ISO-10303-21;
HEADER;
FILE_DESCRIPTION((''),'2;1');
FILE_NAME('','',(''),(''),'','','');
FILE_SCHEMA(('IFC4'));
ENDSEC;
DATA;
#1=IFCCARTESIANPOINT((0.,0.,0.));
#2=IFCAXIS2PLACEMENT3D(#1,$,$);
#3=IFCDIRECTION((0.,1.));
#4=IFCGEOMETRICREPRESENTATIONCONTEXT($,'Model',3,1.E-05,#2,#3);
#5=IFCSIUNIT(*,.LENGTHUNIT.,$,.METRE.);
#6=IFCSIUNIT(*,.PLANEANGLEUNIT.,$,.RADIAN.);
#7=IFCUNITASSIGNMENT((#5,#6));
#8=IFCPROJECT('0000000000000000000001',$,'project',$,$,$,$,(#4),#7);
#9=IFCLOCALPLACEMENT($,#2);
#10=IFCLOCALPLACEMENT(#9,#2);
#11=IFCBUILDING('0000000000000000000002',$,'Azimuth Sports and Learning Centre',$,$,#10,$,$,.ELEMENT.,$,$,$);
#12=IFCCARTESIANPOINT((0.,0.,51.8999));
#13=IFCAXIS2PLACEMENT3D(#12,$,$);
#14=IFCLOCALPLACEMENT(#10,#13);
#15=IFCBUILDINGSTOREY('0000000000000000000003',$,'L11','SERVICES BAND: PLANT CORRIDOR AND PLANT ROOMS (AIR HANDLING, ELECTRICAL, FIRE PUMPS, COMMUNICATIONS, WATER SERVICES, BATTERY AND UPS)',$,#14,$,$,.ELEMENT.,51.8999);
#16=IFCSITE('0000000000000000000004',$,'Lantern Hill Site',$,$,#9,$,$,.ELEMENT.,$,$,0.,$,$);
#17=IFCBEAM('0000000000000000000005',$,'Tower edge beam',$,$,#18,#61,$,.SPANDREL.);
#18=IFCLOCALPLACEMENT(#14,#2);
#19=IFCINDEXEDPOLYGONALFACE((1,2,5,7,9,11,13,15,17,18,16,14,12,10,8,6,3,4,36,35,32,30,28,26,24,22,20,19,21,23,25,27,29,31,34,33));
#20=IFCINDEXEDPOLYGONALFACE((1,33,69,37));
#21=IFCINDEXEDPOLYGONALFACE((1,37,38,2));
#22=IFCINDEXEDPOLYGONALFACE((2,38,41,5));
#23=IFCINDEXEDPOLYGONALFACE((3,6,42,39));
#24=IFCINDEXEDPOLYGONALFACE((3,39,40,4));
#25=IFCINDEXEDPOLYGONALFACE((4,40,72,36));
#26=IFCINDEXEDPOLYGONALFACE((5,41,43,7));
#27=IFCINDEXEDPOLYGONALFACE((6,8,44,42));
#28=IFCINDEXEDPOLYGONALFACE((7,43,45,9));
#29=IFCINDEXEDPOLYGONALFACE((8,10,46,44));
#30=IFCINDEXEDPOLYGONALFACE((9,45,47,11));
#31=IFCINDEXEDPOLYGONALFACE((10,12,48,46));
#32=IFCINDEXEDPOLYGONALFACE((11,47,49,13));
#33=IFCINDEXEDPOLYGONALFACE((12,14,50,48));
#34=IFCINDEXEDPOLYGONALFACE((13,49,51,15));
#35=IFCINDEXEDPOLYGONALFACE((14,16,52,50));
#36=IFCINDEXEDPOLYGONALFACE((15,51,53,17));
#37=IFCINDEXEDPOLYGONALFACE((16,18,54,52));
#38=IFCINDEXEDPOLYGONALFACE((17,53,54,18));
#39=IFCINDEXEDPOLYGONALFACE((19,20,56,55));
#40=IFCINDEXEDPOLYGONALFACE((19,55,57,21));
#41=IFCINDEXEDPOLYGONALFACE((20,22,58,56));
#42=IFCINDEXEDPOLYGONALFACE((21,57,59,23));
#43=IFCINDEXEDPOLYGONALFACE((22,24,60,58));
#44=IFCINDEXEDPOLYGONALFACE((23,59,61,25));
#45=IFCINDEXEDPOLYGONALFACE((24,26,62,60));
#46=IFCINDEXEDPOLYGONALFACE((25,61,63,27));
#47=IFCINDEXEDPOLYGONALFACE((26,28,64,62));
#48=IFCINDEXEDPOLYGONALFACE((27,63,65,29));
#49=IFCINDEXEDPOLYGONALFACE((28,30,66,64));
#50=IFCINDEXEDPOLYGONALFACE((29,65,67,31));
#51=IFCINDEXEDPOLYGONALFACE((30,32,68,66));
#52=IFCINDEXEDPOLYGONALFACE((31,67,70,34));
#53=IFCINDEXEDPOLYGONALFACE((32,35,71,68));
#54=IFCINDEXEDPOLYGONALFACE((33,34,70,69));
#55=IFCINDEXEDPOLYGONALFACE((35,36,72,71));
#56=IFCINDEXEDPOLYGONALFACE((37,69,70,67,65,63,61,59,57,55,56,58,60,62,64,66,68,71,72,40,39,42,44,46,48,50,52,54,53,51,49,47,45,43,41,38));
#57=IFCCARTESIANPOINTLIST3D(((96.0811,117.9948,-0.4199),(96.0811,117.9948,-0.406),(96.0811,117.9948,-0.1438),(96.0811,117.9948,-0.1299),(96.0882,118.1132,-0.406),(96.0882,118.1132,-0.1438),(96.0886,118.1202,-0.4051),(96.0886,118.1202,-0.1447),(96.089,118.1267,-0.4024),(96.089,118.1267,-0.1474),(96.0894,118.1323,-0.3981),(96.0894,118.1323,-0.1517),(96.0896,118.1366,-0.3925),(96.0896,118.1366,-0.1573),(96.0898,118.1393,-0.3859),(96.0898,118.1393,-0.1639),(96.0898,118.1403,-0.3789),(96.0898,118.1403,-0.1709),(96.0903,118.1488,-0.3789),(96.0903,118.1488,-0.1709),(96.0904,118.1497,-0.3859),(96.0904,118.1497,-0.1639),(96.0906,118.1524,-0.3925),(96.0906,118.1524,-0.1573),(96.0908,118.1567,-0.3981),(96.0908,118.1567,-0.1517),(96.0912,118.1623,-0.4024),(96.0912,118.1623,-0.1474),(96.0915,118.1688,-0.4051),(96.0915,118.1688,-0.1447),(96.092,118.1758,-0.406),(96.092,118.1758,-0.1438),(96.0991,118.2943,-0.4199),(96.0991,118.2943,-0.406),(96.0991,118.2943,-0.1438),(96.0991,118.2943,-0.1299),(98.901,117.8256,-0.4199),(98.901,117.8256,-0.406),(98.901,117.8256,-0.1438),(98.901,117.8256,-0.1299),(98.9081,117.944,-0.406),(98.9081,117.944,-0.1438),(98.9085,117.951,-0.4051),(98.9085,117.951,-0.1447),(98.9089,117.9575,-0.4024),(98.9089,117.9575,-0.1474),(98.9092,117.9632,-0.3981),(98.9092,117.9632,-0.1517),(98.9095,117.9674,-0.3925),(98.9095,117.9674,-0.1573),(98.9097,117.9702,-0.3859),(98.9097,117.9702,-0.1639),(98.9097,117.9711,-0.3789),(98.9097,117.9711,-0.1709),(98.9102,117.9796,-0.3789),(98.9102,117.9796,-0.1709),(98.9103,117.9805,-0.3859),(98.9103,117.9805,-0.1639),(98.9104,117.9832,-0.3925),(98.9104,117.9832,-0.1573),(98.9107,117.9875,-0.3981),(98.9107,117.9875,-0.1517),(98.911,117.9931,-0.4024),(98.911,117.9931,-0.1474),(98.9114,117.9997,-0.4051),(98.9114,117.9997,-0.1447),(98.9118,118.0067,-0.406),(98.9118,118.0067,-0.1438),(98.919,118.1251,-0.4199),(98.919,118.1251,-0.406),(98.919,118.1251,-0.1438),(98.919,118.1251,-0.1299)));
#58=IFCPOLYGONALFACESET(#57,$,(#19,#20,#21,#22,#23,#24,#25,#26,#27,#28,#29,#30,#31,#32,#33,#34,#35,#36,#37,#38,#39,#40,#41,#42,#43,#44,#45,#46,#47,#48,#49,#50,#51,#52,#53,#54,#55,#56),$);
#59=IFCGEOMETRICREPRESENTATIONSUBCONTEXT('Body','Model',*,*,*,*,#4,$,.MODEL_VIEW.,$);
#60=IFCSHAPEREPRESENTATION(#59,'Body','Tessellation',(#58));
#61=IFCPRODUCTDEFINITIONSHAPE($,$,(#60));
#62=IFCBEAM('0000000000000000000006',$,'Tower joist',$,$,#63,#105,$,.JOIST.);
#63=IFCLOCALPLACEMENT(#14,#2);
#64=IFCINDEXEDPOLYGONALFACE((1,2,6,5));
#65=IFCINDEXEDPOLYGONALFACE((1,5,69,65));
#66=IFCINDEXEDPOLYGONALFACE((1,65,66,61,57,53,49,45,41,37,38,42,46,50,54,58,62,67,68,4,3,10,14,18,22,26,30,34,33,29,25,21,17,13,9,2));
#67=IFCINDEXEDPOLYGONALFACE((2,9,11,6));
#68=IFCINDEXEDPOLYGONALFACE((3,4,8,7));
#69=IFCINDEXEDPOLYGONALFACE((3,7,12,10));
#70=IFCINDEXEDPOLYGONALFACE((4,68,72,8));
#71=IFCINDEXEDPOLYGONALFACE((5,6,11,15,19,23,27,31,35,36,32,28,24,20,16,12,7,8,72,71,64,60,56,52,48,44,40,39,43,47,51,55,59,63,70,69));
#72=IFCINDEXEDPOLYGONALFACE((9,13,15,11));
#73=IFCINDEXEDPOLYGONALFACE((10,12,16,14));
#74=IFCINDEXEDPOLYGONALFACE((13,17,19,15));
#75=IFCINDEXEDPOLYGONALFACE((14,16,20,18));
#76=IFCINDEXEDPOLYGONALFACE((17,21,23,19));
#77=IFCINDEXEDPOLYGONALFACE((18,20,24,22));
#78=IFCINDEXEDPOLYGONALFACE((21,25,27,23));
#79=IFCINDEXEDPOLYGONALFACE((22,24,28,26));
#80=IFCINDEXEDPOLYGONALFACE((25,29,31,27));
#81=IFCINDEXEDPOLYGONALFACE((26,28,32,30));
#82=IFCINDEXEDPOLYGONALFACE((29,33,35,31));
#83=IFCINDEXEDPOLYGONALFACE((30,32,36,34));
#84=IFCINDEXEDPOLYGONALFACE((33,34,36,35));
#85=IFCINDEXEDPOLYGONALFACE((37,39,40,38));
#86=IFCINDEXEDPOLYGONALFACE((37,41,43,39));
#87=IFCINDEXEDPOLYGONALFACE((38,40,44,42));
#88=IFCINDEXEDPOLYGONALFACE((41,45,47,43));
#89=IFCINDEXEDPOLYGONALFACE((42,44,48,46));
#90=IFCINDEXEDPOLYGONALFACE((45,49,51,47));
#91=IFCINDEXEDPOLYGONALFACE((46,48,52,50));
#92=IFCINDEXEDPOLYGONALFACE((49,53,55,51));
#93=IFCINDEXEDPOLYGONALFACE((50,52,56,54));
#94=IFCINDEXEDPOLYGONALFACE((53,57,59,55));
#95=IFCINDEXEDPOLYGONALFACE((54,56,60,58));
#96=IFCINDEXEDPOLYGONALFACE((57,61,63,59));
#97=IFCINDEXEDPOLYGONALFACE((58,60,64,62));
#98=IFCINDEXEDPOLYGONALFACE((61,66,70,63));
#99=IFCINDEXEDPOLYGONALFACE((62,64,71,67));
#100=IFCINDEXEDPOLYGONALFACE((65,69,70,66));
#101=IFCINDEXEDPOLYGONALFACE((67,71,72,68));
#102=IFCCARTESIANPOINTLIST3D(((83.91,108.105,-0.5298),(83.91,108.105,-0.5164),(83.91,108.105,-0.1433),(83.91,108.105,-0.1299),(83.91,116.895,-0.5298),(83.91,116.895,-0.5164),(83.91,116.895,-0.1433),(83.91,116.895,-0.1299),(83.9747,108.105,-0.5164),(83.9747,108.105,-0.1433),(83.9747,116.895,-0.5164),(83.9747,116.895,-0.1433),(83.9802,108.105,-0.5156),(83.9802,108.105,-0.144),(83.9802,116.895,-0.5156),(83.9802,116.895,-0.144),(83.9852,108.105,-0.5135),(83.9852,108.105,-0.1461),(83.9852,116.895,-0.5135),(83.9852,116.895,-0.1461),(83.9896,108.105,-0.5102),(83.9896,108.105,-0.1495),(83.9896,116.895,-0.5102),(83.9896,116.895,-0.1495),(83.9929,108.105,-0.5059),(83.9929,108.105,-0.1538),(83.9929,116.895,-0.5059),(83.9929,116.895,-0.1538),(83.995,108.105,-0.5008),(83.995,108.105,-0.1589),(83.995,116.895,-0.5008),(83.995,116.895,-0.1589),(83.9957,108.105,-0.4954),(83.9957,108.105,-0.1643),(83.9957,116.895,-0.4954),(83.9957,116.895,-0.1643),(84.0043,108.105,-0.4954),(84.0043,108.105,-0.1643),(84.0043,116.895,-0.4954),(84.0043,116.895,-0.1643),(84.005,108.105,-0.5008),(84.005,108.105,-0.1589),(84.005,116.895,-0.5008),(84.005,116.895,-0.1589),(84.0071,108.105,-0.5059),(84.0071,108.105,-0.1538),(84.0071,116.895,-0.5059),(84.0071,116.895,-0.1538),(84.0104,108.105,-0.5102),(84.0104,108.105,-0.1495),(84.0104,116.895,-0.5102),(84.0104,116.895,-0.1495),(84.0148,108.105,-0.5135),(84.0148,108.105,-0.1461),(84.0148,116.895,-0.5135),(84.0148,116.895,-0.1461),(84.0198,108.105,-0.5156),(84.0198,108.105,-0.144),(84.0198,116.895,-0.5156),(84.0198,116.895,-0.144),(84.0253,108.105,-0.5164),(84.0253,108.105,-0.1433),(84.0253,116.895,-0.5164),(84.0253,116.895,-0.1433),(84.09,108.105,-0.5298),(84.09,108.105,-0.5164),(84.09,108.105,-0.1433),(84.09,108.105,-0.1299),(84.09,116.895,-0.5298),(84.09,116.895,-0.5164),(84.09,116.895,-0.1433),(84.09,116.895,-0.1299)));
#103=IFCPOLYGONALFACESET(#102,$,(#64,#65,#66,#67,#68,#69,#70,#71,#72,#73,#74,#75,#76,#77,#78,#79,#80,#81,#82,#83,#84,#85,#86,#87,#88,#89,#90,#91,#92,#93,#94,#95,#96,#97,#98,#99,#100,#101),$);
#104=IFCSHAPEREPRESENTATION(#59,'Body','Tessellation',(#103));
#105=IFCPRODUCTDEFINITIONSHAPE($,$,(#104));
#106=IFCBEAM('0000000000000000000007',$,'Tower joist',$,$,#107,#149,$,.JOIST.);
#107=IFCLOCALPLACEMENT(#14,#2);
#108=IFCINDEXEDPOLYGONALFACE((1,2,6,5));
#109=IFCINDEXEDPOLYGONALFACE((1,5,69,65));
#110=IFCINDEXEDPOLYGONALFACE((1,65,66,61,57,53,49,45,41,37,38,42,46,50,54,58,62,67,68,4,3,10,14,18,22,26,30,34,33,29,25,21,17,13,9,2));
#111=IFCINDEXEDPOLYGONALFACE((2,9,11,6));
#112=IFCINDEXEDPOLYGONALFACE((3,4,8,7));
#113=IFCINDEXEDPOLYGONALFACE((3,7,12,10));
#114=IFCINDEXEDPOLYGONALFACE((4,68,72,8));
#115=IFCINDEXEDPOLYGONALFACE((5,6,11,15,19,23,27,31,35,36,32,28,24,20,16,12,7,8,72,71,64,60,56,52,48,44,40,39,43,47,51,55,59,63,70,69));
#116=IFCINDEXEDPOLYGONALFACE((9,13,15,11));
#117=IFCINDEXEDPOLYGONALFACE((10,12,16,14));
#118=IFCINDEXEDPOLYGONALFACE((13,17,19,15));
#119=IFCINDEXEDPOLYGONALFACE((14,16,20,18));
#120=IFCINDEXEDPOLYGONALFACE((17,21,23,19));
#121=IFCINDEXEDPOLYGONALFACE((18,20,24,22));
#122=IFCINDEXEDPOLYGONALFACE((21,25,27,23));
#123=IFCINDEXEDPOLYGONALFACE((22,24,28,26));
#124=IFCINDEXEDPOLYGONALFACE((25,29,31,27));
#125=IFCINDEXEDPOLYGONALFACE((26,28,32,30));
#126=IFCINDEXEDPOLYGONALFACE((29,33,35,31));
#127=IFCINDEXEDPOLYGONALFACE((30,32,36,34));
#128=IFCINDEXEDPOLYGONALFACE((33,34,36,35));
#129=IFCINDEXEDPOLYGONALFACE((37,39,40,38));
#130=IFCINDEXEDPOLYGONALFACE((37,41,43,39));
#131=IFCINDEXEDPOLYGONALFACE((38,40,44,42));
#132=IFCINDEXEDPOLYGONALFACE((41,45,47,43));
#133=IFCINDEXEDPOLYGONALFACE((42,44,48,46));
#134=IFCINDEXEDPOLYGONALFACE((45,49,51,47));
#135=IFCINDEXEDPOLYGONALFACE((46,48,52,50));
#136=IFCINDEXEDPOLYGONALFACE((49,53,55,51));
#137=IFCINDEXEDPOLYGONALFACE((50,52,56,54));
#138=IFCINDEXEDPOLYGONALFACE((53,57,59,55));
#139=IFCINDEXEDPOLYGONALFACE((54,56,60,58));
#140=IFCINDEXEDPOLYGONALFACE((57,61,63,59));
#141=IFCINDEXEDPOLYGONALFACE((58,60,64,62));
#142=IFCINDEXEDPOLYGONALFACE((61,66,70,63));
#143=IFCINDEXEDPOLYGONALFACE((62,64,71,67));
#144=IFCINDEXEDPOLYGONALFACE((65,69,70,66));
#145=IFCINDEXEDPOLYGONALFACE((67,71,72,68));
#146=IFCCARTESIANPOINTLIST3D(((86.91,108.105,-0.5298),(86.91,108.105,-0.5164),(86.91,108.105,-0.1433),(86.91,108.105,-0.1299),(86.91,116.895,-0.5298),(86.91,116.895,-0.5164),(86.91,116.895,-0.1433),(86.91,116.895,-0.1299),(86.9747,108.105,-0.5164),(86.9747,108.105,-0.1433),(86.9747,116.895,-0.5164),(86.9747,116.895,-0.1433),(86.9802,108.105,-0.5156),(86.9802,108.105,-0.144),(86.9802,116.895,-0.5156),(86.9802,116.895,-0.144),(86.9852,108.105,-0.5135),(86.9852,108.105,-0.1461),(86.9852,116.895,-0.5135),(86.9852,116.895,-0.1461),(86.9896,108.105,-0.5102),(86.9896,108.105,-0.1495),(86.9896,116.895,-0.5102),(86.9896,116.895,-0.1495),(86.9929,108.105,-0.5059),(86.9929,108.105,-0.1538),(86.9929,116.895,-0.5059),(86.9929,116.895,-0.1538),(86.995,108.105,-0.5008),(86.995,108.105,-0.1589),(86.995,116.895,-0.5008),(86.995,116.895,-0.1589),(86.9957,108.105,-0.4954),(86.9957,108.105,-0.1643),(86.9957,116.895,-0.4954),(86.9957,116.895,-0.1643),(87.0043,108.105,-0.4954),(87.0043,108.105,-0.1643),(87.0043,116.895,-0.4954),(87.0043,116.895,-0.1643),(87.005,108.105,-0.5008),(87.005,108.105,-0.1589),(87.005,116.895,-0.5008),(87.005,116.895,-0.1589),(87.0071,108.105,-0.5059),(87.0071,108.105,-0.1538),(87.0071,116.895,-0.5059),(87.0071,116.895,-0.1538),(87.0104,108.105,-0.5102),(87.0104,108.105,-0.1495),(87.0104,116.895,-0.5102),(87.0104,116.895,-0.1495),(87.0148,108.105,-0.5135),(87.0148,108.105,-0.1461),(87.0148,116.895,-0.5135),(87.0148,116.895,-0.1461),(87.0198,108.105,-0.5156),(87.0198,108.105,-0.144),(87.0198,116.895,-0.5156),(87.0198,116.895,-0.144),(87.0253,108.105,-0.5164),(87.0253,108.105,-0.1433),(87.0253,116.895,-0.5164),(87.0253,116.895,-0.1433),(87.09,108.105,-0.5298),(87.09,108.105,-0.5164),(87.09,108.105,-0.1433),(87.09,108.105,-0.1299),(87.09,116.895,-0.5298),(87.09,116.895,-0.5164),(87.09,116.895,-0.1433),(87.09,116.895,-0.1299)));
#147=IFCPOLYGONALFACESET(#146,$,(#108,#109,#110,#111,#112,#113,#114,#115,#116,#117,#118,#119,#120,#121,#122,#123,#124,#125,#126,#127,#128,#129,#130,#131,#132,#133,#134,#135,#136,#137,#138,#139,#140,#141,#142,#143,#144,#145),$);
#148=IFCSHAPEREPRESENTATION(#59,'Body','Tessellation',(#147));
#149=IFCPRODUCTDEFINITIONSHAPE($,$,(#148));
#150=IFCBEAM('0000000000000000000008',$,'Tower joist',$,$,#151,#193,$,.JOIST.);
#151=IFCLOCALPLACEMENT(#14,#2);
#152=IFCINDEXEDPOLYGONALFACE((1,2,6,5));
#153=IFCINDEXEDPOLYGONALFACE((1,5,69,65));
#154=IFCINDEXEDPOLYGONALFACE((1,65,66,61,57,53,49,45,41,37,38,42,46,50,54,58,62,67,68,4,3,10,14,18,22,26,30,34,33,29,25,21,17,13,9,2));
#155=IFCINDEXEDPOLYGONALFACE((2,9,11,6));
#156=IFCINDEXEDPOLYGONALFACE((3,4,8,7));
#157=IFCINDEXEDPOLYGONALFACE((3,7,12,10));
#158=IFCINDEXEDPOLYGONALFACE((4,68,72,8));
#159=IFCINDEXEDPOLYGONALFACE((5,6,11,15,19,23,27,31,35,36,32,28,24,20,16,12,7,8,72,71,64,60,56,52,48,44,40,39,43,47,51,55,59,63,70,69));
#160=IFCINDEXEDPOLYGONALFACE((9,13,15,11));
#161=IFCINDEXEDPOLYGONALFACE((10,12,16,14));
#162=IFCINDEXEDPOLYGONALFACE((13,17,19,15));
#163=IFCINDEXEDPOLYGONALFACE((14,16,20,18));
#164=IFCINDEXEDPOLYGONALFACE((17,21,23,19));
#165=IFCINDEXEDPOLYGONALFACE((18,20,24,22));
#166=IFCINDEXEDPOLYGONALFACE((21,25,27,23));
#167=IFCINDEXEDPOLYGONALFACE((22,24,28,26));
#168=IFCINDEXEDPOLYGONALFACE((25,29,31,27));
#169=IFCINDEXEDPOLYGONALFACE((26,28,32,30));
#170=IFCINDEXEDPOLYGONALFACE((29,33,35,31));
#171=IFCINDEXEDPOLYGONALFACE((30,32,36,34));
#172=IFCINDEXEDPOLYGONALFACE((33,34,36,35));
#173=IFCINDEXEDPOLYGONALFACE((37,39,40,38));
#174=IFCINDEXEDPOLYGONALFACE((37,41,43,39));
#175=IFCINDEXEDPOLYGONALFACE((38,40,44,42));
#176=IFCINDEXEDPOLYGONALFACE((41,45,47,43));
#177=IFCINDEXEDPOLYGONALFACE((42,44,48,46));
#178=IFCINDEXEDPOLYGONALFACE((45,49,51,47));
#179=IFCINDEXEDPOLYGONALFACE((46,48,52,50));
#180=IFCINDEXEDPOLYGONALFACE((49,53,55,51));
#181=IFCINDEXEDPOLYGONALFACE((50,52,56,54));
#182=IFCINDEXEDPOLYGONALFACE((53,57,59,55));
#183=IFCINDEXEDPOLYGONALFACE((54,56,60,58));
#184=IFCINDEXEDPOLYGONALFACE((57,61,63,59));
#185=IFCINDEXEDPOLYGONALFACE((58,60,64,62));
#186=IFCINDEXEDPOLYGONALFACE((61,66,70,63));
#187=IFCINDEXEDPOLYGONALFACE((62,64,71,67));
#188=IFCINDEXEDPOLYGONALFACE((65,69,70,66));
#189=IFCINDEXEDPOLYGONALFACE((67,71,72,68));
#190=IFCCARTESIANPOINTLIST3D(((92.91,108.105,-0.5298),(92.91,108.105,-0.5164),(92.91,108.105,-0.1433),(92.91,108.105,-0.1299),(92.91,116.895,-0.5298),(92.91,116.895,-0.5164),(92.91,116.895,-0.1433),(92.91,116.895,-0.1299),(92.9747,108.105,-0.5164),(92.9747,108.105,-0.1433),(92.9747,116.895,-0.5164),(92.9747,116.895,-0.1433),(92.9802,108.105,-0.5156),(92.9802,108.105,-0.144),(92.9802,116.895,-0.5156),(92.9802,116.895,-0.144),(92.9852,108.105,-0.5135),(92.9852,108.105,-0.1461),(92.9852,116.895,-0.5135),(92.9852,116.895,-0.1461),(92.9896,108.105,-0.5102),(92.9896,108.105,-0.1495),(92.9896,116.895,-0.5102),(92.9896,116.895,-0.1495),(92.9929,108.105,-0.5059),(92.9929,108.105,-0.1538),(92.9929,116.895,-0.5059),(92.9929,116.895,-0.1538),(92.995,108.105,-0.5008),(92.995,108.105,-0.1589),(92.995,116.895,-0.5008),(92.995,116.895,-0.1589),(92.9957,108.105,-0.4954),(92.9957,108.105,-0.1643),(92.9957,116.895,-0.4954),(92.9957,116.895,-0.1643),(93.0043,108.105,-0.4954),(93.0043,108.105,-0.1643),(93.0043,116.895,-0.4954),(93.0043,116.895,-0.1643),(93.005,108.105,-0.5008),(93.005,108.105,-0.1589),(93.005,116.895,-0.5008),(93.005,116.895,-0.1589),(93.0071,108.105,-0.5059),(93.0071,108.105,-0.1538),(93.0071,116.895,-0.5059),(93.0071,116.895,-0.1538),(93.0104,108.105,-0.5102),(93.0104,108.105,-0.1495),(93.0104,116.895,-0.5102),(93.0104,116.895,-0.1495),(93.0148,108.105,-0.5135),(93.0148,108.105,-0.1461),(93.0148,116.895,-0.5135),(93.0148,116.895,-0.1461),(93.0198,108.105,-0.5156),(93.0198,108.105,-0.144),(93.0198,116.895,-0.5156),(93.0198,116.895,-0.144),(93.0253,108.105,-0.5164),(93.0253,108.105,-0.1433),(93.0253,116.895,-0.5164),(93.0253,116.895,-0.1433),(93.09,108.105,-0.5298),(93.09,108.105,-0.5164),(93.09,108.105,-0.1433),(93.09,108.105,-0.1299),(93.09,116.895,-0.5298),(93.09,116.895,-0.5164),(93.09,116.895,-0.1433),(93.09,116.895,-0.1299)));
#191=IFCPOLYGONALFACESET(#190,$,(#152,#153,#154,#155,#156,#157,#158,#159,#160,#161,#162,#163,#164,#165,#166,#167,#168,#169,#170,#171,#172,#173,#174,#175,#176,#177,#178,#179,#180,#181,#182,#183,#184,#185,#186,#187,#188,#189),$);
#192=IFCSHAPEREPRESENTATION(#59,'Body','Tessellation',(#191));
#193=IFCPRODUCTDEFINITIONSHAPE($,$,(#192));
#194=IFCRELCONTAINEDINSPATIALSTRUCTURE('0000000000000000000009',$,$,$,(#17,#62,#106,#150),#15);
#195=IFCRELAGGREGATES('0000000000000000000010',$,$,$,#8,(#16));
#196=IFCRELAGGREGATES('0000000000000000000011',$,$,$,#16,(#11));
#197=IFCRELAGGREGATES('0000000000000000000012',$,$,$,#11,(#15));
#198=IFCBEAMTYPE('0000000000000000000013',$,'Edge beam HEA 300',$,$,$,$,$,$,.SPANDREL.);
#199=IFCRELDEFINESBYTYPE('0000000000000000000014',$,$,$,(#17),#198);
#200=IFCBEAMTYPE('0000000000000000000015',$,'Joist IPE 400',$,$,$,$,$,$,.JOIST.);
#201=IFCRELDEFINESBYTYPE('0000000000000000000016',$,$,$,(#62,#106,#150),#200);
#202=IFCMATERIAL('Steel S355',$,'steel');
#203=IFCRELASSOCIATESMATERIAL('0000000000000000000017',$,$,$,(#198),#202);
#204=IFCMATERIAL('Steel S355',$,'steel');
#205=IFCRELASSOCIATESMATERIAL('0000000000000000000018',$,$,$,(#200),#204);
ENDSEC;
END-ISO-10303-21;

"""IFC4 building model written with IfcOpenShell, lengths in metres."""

from ifc_helpers import new_model, si_unit, direction, frame, origin, origin_2d, place, context, subcontext, project, spatial, i_section, extrude, material, material_profile, profile_set, type_object, element, save


model = new_model("IFC4")

# Units and contexts
model_context = context("Model", 3, precision=1e-05, world=origin(), true_north=direction((0.0, 1.0)))
body_context = subcontext(model_context, "Body", "Model", "MODEL_VIEW")
ifc_project = project(units=[si_unit("LENGTHUNIT", "METRE"), si_unit("PLANEANGLEUNIT", "RADIAN")], contexts=[model_context])

# Site, building, storey
site_placement = place(None, origin())
site = spatial("IfcSite", under=ifc_project, at=site_placement, Name="Lantern Hill Site", CompositionType="ELEMENT", RefElevation=0.0)
building_placement = place(site_placement, origin())
building = spatial("IfcBuilding", under=site, at=building_placement, Name="Azimuth Sports and Learning Centre", CompositionType="ELEMENT")
storey_placement = place(building_placement, frame((0.0, 0.0, 51.8999)))
storey = spatial("IfcBuildingStorey", under=building, at=storey_placement, Name="L11", Description="SERVICES BAND: PLANT CORRIDOR AND PLANT ROOMS (AIR HANDLING, ELECTRICAL, FIRE PUMPS, COMMUNICATIONS, WATER SERVICES, BATTERY AND UPS)", CompositionType="ELEMENT", Elevation=51.8999)

# Beams
ifc_material_1 = material(Name="Steel S355", Category="steel")
ifc_material_profile_1 = material_profile(ifc_material_1, i_section(OverallWidth=0.3, OverallDepth=0.29, WebThickness=0.0085, FlangeThickness=0.0139, FilletRadius=0.0271, at=origin_2d()), Name="HEA 300")
ifc_profile_set_1 = profile_set([ifc_material_profile_1], Name="Steel S355")
beam_type_1 = type_object("IfcBeamType", Name="Edge beam HEA 300", PredefinedType="SPANDREL", material=ifc_profile_set_1)
for number, where, z_axis, x_axis, name in (
    (1, (96.0901, 118.1445, -0.2749), (0.998205, -0.059892, 0.0), (0.059892, 0.998205, 0.0), "Tower edge beam"),
):
    element("IfcBeam", number, at=place(storey_placement, frame(where, z_axis=z_axis, x_axis=x_axis)), inside=storey, type_object=beam_type_1, Name=name, PredefinedType="SPANDREL", context=body_context, shape_type="SweptSolid", body=[
        extrude(i_section(OverallWidth=0.3, OverallDepth=0.29, WebThickness=0.0085, FlangeThickness=0.0139, FilletRadius=0.0271, at=origin_2d()), origin(), (0.0, 0.0, 1.0), 2.825),
    ])
ifc_material_2 = material(Name="Steel S355", Category="steel")
ifc_material_profile_2 = material_profile(ifc_material_2, i_section(OverallWidth=0.1799, OverallDepth=0.3999, WebThickness=0.0085, FlangeThickness=0.0134, FilletRadius=0.021, at=origin_2d()), Name="IPE 400")
ifc_profile_set_2 = profile_set([ifc_material_profile_2], Name="Steel S355")
beam_type_2 = type_object("IfcBeamType", Name="Joist IPE 400", PredefinedType="JOIST", material=ifc_profile_set_2)
for number, where, z_axis, x_axis, name in (
    (2, (84.0, 108.105, -0.3298), (0.0, 1.0, 0.0), (-1.0, 0.0, 0.0), "Tower joist"),
    (3, (87.0, 108.105, -0.3298), (0.0, 1.0, 0.0), (-1.0, 0.0, 0.0), "Tower joist"),
    (4, (93.0, 108.105, -0.3298), (0.0, 1.0, 0.0), (-1.0, 0.0, 0.0), "Tower joist"),
):
    element("IfcBeam", number, at=place(storey_placement, frame(where, z_axis=z_axis, x_axis=x_axis)), inside=storey, type_object=beam_type_2, Name=name, PredefinedType="JOIST", context=body_context, shape_type="SweptSolid", body=[
        extrude(i_section(OverallWidth=0.1799, OverallDepth=0.3999, WebThickness=0.0085, FlangeThickness=0.0134, FilletRadius=0.021, at=origin_2d()), origin(), (0.0, 0.0, 1.0), 8.79),
    ])

save(model, "model.ifc")
